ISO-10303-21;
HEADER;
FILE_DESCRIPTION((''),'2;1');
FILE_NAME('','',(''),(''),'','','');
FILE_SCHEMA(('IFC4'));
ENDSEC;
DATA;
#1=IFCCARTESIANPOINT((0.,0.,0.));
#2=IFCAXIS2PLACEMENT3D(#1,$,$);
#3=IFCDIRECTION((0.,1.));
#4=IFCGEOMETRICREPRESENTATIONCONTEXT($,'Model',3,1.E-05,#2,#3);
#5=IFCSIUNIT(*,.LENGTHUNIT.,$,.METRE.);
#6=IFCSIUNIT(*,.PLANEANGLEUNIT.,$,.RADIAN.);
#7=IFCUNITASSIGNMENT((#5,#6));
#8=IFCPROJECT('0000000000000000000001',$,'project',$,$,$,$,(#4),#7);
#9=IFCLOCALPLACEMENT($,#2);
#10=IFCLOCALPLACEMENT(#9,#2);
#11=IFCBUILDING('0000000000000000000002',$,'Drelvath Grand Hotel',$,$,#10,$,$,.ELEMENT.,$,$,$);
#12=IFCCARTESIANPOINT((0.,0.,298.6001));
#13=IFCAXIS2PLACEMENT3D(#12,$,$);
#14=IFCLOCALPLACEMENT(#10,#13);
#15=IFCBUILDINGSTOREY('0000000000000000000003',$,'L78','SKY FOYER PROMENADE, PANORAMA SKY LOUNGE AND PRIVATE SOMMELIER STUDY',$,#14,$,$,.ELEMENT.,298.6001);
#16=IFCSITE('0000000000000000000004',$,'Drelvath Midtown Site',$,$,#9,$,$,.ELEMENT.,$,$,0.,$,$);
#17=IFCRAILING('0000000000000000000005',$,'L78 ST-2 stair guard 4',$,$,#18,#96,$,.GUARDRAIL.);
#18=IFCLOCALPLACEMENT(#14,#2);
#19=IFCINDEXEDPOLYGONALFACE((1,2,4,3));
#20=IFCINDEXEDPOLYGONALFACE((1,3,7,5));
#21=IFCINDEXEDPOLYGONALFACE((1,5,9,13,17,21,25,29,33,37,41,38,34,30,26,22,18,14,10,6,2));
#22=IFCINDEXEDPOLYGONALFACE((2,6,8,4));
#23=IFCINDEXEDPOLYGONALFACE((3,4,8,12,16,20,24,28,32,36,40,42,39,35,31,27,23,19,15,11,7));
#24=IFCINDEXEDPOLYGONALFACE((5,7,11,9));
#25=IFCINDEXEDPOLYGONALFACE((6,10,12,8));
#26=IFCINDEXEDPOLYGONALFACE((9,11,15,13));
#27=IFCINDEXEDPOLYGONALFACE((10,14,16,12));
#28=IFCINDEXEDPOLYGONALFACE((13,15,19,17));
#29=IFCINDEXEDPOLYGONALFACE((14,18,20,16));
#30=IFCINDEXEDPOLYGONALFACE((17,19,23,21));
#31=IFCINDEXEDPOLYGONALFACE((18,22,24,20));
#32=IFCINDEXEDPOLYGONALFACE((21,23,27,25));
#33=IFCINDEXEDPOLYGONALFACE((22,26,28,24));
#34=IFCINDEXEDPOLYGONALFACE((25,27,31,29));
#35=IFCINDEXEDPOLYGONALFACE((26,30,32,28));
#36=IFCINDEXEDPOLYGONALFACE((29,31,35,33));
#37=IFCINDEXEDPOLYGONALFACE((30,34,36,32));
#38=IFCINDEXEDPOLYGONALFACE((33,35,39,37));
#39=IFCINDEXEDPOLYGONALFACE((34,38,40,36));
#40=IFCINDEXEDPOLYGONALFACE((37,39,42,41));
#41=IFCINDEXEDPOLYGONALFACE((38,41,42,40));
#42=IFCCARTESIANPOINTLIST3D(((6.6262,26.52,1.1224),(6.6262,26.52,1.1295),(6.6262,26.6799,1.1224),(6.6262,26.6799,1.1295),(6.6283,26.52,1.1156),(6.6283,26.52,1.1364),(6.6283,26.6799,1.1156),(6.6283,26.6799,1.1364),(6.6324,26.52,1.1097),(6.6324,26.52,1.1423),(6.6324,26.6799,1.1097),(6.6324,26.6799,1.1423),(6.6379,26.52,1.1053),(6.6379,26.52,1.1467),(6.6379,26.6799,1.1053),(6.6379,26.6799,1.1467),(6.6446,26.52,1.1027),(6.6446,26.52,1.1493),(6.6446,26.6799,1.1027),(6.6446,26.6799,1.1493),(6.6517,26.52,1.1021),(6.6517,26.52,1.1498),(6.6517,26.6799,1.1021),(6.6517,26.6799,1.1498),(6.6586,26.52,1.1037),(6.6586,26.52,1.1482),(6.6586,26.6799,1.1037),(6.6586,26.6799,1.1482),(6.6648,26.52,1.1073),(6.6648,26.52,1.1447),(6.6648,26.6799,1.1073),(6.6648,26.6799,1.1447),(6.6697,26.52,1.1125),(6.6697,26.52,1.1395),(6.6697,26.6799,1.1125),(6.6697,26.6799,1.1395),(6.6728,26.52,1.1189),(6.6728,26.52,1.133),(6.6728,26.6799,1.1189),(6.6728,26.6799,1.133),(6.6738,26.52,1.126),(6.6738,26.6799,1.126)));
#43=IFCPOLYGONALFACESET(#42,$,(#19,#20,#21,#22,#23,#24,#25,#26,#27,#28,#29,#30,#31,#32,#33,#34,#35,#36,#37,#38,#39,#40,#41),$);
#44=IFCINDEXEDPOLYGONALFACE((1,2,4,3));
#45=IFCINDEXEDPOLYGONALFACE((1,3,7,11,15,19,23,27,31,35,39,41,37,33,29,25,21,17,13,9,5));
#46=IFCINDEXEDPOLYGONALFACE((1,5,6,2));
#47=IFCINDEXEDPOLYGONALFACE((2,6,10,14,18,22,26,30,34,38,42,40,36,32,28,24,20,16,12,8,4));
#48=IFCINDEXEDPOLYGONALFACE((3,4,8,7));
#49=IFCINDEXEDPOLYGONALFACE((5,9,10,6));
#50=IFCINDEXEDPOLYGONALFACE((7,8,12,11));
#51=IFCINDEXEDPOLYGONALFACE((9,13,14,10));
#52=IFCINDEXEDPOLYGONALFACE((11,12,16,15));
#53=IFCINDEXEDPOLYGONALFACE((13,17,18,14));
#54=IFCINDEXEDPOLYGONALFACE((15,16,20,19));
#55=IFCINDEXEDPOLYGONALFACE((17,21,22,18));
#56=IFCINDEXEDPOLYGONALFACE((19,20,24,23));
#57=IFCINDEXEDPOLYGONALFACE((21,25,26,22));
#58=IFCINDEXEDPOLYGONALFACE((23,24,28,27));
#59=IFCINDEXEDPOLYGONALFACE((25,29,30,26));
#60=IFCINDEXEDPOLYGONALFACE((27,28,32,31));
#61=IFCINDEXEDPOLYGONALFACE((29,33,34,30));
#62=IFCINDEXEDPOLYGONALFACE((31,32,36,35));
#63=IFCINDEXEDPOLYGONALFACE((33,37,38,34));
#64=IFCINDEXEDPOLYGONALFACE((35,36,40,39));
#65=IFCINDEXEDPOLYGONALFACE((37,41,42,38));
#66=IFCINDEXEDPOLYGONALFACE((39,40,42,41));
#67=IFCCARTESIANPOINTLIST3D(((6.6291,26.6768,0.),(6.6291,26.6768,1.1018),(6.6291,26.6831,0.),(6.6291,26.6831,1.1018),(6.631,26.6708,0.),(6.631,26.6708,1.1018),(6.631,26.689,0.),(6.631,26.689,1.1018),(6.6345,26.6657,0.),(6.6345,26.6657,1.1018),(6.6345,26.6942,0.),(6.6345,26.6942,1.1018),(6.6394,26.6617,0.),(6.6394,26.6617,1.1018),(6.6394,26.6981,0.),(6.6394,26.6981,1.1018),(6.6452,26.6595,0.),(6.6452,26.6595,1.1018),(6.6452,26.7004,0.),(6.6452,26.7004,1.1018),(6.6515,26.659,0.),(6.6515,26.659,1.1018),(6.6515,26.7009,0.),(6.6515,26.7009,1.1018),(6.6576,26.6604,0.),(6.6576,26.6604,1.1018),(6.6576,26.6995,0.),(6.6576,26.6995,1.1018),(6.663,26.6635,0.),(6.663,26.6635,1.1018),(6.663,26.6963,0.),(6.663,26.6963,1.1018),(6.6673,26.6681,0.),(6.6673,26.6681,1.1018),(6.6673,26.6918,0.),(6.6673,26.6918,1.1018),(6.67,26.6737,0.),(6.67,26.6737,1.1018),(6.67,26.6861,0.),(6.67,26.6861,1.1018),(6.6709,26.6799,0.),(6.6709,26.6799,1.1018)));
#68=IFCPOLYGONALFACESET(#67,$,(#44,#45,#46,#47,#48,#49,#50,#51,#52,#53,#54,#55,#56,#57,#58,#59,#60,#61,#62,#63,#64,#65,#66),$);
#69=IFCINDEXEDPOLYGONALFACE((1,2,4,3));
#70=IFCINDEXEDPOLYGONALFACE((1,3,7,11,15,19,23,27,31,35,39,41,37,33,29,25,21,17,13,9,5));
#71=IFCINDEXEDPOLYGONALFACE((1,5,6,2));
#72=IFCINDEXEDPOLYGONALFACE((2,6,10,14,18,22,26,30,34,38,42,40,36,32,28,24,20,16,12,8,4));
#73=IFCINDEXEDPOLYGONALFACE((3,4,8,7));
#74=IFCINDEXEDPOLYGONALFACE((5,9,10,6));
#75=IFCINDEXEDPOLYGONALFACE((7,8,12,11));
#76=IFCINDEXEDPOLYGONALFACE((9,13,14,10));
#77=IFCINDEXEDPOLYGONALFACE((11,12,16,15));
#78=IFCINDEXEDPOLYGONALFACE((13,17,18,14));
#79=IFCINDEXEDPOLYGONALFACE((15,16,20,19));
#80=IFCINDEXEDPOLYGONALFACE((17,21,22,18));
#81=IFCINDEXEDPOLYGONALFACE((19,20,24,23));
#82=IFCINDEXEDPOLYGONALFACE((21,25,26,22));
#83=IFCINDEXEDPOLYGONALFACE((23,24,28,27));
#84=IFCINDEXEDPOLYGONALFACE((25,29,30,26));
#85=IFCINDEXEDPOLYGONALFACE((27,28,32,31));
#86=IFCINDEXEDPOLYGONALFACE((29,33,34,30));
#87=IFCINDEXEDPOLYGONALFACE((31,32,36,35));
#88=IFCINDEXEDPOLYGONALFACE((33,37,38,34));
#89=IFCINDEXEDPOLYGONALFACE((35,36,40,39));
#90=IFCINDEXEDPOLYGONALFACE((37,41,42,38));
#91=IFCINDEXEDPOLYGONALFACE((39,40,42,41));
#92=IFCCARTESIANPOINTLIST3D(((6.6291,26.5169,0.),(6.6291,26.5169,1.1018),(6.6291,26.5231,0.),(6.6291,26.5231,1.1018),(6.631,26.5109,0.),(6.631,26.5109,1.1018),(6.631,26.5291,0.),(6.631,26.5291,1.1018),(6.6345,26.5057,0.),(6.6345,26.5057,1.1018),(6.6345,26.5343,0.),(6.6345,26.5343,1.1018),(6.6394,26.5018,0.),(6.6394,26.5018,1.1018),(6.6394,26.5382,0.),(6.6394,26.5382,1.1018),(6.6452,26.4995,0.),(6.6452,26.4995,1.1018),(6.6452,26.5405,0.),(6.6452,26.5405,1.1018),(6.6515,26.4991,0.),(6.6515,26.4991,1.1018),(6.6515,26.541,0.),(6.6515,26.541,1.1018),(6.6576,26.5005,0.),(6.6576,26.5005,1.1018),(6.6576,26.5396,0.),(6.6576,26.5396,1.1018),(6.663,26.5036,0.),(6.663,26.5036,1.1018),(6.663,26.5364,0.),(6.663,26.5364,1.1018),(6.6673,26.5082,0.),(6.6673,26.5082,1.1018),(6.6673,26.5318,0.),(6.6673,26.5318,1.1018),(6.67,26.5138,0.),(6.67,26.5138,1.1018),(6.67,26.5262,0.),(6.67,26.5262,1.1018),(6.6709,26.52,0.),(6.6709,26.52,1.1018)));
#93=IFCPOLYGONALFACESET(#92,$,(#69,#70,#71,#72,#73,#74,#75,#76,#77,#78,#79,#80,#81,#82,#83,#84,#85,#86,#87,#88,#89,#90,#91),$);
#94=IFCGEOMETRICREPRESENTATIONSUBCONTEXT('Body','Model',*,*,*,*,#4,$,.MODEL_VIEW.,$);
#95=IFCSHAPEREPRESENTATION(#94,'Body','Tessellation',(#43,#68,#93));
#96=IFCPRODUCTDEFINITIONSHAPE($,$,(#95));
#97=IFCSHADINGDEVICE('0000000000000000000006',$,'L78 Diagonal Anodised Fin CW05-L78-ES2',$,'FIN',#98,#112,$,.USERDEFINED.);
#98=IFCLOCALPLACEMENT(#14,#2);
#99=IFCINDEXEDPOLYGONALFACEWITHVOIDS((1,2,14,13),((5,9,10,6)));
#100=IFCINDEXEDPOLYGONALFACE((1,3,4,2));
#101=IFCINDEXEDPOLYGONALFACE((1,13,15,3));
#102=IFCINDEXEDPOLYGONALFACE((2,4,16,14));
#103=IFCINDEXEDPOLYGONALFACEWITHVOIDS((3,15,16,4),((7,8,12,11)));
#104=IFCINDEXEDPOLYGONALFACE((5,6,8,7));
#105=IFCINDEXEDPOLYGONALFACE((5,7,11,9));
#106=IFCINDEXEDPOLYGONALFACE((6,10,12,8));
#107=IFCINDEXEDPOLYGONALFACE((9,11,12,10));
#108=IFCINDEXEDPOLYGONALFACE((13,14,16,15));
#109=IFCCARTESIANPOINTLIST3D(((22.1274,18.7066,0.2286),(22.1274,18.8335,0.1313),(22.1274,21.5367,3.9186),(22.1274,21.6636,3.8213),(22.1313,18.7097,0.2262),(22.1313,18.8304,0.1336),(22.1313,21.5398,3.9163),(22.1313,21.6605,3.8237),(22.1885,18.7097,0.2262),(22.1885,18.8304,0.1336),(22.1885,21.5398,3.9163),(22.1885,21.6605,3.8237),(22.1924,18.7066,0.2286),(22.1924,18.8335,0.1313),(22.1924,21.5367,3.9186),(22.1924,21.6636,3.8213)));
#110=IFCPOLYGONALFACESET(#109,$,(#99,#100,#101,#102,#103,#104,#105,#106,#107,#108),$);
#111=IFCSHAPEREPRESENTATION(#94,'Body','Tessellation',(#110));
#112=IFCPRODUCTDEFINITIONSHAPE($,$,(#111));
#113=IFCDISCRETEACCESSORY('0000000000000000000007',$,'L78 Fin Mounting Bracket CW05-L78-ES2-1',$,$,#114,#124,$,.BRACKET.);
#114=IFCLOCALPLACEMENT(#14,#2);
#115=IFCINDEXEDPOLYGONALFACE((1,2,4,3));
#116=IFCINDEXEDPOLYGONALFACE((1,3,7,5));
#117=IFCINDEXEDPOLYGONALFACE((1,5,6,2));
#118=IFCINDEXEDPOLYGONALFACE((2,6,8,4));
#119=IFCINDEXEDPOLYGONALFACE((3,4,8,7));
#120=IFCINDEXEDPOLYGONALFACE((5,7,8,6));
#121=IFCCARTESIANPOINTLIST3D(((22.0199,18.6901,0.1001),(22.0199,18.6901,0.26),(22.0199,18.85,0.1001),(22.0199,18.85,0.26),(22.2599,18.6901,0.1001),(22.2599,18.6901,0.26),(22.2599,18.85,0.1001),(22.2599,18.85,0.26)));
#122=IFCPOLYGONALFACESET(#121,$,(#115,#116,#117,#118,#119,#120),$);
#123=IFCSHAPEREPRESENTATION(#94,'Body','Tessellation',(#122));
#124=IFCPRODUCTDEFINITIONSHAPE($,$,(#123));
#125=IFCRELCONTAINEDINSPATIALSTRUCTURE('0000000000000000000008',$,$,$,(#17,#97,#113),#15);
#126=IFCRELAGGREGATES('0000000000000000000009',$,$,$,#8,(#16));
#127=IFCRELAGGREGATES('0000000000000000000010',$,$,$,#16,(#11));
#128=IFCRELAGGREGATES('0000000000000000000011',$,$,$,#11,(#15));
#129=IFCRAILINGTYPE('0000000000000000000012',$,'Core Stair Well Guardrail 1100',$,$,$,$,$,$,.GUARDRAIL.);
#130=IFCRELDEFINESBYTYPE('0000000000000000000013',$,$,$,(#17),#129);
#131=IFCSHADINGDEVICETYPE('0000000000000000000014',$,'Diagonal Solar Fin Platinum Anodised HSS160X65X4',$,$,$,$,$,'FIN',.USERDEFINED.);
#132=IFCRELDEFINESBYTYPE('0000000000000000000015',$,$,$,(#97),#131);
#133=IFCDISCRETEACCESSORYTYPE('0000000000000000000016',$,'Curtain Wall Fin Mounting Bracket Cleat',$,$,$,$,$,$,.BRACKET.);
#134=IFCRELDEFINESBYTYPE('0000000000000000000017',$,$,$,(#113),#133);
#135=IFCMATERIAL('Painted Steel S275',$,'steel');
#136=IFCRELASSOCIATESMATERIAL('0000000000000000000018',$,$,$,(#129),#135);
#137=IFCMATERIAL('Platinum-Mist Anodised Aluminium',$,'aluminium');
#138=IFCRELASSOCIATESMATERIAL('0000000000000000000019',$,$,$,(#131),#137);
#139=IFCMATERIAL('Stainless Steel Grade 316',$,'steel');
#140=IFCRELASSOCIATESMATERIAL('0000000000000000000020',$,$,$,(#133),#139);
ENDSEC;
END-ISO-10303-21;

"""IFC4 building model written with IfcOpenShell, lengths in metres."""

from ifc_helpers import new_model, si_unit, direction, frame, origin, origin_2d, place, context, subcontext, project, spatial, rectangle, hollow_rectangle, circle, extrude, material, material_profile, profile_set, type_object, element, save


model = new_model("IFC4")

# Units and contexts
model_context = context("Model", 3, precision=1e-05, world=origin(), true_north=direction((0.0, 1.0)))
body_context = subcontext(model_context, "Body", "Model", "MODEL_VIEW")
ifc_project = project(units=[si_unit("LENGTHUNIT", "METRE"), si_unit("PLANEANGLEUNIT", "RADIAN")], contexts=[model_context])

# Site, building, storey
site_placement = place(None, origin())
site = spatial("IfcSite", under=ifc_project, at=site_placement, Name="Drelvath Midtown Site", CompositionType="ELEMENT", RefElevation=0.0)
building_placement = place(site_placement, origin())
building = spatial("IfcBuilding", under=site, at=building_placement, Name="Drelvath Grand Hotel", CompositionType="ELEMENT")
storey_placement = place(building_placement, frame((0.0, 0.0, 298.6001)))
storey = spatial("IfcBuildingStorey", under=building, at=storey_placement, Name="L78", Description="SKY FOYER PROMENADE, PANORAMA SKY LOUNGE AND PRIVATE SOMMELIER STUDY", CompositionType="ELEMENT", Elevation=298.6001)

# Railing
ifc_material_1 = material(Name="Painted Steel S275", Category="steel")
railing_type_1 = type_object("IfcRailingType", Name="Core Stair Well Guardrail 1100", PredefinedType="GUARDRAIL", material=ifc_material_1)
railing_1_placement = place(storey_placement, frame((6.6499, 26.6799, 0.0)))
element("IfcRailing", 1, at=railing_1_placement, inside=storey, type_object=railing_type_1, Name="L78 ST-2 stair guard 4", PredefinedType="GUARDRAIL", context=body_context, shape_type="SweptSolid", body=[
    extrude(circle(Radius=0.0239, at=origin_2d()), frame((0.0, 0.0, 1.126), z_axis=(0.0, -1.0, 0.0), x_axis=(1.0, 0.0, 0.0)), (0.0, 0.0, 1.0), 0.1599),
    extrude(circle(Radius=0.021, at=origin_2d()), origin(), (0.0, 0.0, 1.0), 1.1018),
    extrude(circle(Radius=0.021, at=origin_2d()), frame((0.0, -0.1599, 0.0)), (0.0, 0.0, 1.0), 1.1018),
])

# Shading device
ifc_material_2 = material(Name="Platinum-Mist Anodised Aluminium", Category="aluminium")
ifc_material_profile_1 = material_profile(ifc_material_2, hollow_rectangle(XDim=0.0649, YDim=0.1599, WallThickness=0.0039, at=origin_2d()), Name="HSS160X65X4")
ifc_profile_set_1 = profile_set([ifc_material_profile_1], Name="Platinum-Mist Anodised Aluminium")
shading_device_type = type_object("IfcShadingDeviceType", Name="Diagonal Solar Fin Platinum Anodised HSS160X65X4", ElementType="FIN", PredefinedType="USERDEFINED", material=ifc_profile_set_1)
shading_device_placement = place(storey_placement, frame((22.1599, 18.77, 0.1799), z_axis=(0.0, 0.608584, 0.79349), x_axis=(-1.0, 0.0, 0.0)))
element("IfcShadingDevice", 2, at=shading_device_placement, inside=storey, type_object=shading_device_type, Name="L78 Diagonal Anodised Fin CW05-L78-ES2", ObjectType="FIN", PredefinedType="USERDEFINED", context=body_context, shape_type="SweptSolid", body=[
    extrude(hollow_rectangle(XDim=0.0649, YDim=0.1599, WallThickness=0.0039, at=origin_2d()), origin(), (0.0, 0.0, 1.0), 4.6504),
])

# Discrete accessory
ifc_material_3 = material(Name="Stainless Steel Grade 316", Category="steel")
discrete_accessory_type = type_object("IfcDiscreteAccessoryType", Name="Curtain Wall Fin Mounting Bracket Cleat", PredefinedType="BRACKET", material=ifc_material_3)
discrete_accessory_placement = place(storey_placement, frame((22.1399, 18.77, 0.1001), z_axis=(0.0, 0.0, 1.0), x_axis=(0.0, -1.0, 0.0)))
element("IfcDiscreteAccessory", 3, at=discrete_accessory_placement, inside=storey, type_object=discrete_accessory_type, Name="L78 Fin Mounting Bracket CW05-L78-ES2-1", PredefinedType="BRACKET", context=body_context, shape_type="SweptSolid", body=[
    extrude(rectangle(XDim=0.1599, YDim=0.24, at=origin_2d()), origin(), (0.0, 0.0, 1.0), 0.1599),
])

save(model, "model.ifc")
